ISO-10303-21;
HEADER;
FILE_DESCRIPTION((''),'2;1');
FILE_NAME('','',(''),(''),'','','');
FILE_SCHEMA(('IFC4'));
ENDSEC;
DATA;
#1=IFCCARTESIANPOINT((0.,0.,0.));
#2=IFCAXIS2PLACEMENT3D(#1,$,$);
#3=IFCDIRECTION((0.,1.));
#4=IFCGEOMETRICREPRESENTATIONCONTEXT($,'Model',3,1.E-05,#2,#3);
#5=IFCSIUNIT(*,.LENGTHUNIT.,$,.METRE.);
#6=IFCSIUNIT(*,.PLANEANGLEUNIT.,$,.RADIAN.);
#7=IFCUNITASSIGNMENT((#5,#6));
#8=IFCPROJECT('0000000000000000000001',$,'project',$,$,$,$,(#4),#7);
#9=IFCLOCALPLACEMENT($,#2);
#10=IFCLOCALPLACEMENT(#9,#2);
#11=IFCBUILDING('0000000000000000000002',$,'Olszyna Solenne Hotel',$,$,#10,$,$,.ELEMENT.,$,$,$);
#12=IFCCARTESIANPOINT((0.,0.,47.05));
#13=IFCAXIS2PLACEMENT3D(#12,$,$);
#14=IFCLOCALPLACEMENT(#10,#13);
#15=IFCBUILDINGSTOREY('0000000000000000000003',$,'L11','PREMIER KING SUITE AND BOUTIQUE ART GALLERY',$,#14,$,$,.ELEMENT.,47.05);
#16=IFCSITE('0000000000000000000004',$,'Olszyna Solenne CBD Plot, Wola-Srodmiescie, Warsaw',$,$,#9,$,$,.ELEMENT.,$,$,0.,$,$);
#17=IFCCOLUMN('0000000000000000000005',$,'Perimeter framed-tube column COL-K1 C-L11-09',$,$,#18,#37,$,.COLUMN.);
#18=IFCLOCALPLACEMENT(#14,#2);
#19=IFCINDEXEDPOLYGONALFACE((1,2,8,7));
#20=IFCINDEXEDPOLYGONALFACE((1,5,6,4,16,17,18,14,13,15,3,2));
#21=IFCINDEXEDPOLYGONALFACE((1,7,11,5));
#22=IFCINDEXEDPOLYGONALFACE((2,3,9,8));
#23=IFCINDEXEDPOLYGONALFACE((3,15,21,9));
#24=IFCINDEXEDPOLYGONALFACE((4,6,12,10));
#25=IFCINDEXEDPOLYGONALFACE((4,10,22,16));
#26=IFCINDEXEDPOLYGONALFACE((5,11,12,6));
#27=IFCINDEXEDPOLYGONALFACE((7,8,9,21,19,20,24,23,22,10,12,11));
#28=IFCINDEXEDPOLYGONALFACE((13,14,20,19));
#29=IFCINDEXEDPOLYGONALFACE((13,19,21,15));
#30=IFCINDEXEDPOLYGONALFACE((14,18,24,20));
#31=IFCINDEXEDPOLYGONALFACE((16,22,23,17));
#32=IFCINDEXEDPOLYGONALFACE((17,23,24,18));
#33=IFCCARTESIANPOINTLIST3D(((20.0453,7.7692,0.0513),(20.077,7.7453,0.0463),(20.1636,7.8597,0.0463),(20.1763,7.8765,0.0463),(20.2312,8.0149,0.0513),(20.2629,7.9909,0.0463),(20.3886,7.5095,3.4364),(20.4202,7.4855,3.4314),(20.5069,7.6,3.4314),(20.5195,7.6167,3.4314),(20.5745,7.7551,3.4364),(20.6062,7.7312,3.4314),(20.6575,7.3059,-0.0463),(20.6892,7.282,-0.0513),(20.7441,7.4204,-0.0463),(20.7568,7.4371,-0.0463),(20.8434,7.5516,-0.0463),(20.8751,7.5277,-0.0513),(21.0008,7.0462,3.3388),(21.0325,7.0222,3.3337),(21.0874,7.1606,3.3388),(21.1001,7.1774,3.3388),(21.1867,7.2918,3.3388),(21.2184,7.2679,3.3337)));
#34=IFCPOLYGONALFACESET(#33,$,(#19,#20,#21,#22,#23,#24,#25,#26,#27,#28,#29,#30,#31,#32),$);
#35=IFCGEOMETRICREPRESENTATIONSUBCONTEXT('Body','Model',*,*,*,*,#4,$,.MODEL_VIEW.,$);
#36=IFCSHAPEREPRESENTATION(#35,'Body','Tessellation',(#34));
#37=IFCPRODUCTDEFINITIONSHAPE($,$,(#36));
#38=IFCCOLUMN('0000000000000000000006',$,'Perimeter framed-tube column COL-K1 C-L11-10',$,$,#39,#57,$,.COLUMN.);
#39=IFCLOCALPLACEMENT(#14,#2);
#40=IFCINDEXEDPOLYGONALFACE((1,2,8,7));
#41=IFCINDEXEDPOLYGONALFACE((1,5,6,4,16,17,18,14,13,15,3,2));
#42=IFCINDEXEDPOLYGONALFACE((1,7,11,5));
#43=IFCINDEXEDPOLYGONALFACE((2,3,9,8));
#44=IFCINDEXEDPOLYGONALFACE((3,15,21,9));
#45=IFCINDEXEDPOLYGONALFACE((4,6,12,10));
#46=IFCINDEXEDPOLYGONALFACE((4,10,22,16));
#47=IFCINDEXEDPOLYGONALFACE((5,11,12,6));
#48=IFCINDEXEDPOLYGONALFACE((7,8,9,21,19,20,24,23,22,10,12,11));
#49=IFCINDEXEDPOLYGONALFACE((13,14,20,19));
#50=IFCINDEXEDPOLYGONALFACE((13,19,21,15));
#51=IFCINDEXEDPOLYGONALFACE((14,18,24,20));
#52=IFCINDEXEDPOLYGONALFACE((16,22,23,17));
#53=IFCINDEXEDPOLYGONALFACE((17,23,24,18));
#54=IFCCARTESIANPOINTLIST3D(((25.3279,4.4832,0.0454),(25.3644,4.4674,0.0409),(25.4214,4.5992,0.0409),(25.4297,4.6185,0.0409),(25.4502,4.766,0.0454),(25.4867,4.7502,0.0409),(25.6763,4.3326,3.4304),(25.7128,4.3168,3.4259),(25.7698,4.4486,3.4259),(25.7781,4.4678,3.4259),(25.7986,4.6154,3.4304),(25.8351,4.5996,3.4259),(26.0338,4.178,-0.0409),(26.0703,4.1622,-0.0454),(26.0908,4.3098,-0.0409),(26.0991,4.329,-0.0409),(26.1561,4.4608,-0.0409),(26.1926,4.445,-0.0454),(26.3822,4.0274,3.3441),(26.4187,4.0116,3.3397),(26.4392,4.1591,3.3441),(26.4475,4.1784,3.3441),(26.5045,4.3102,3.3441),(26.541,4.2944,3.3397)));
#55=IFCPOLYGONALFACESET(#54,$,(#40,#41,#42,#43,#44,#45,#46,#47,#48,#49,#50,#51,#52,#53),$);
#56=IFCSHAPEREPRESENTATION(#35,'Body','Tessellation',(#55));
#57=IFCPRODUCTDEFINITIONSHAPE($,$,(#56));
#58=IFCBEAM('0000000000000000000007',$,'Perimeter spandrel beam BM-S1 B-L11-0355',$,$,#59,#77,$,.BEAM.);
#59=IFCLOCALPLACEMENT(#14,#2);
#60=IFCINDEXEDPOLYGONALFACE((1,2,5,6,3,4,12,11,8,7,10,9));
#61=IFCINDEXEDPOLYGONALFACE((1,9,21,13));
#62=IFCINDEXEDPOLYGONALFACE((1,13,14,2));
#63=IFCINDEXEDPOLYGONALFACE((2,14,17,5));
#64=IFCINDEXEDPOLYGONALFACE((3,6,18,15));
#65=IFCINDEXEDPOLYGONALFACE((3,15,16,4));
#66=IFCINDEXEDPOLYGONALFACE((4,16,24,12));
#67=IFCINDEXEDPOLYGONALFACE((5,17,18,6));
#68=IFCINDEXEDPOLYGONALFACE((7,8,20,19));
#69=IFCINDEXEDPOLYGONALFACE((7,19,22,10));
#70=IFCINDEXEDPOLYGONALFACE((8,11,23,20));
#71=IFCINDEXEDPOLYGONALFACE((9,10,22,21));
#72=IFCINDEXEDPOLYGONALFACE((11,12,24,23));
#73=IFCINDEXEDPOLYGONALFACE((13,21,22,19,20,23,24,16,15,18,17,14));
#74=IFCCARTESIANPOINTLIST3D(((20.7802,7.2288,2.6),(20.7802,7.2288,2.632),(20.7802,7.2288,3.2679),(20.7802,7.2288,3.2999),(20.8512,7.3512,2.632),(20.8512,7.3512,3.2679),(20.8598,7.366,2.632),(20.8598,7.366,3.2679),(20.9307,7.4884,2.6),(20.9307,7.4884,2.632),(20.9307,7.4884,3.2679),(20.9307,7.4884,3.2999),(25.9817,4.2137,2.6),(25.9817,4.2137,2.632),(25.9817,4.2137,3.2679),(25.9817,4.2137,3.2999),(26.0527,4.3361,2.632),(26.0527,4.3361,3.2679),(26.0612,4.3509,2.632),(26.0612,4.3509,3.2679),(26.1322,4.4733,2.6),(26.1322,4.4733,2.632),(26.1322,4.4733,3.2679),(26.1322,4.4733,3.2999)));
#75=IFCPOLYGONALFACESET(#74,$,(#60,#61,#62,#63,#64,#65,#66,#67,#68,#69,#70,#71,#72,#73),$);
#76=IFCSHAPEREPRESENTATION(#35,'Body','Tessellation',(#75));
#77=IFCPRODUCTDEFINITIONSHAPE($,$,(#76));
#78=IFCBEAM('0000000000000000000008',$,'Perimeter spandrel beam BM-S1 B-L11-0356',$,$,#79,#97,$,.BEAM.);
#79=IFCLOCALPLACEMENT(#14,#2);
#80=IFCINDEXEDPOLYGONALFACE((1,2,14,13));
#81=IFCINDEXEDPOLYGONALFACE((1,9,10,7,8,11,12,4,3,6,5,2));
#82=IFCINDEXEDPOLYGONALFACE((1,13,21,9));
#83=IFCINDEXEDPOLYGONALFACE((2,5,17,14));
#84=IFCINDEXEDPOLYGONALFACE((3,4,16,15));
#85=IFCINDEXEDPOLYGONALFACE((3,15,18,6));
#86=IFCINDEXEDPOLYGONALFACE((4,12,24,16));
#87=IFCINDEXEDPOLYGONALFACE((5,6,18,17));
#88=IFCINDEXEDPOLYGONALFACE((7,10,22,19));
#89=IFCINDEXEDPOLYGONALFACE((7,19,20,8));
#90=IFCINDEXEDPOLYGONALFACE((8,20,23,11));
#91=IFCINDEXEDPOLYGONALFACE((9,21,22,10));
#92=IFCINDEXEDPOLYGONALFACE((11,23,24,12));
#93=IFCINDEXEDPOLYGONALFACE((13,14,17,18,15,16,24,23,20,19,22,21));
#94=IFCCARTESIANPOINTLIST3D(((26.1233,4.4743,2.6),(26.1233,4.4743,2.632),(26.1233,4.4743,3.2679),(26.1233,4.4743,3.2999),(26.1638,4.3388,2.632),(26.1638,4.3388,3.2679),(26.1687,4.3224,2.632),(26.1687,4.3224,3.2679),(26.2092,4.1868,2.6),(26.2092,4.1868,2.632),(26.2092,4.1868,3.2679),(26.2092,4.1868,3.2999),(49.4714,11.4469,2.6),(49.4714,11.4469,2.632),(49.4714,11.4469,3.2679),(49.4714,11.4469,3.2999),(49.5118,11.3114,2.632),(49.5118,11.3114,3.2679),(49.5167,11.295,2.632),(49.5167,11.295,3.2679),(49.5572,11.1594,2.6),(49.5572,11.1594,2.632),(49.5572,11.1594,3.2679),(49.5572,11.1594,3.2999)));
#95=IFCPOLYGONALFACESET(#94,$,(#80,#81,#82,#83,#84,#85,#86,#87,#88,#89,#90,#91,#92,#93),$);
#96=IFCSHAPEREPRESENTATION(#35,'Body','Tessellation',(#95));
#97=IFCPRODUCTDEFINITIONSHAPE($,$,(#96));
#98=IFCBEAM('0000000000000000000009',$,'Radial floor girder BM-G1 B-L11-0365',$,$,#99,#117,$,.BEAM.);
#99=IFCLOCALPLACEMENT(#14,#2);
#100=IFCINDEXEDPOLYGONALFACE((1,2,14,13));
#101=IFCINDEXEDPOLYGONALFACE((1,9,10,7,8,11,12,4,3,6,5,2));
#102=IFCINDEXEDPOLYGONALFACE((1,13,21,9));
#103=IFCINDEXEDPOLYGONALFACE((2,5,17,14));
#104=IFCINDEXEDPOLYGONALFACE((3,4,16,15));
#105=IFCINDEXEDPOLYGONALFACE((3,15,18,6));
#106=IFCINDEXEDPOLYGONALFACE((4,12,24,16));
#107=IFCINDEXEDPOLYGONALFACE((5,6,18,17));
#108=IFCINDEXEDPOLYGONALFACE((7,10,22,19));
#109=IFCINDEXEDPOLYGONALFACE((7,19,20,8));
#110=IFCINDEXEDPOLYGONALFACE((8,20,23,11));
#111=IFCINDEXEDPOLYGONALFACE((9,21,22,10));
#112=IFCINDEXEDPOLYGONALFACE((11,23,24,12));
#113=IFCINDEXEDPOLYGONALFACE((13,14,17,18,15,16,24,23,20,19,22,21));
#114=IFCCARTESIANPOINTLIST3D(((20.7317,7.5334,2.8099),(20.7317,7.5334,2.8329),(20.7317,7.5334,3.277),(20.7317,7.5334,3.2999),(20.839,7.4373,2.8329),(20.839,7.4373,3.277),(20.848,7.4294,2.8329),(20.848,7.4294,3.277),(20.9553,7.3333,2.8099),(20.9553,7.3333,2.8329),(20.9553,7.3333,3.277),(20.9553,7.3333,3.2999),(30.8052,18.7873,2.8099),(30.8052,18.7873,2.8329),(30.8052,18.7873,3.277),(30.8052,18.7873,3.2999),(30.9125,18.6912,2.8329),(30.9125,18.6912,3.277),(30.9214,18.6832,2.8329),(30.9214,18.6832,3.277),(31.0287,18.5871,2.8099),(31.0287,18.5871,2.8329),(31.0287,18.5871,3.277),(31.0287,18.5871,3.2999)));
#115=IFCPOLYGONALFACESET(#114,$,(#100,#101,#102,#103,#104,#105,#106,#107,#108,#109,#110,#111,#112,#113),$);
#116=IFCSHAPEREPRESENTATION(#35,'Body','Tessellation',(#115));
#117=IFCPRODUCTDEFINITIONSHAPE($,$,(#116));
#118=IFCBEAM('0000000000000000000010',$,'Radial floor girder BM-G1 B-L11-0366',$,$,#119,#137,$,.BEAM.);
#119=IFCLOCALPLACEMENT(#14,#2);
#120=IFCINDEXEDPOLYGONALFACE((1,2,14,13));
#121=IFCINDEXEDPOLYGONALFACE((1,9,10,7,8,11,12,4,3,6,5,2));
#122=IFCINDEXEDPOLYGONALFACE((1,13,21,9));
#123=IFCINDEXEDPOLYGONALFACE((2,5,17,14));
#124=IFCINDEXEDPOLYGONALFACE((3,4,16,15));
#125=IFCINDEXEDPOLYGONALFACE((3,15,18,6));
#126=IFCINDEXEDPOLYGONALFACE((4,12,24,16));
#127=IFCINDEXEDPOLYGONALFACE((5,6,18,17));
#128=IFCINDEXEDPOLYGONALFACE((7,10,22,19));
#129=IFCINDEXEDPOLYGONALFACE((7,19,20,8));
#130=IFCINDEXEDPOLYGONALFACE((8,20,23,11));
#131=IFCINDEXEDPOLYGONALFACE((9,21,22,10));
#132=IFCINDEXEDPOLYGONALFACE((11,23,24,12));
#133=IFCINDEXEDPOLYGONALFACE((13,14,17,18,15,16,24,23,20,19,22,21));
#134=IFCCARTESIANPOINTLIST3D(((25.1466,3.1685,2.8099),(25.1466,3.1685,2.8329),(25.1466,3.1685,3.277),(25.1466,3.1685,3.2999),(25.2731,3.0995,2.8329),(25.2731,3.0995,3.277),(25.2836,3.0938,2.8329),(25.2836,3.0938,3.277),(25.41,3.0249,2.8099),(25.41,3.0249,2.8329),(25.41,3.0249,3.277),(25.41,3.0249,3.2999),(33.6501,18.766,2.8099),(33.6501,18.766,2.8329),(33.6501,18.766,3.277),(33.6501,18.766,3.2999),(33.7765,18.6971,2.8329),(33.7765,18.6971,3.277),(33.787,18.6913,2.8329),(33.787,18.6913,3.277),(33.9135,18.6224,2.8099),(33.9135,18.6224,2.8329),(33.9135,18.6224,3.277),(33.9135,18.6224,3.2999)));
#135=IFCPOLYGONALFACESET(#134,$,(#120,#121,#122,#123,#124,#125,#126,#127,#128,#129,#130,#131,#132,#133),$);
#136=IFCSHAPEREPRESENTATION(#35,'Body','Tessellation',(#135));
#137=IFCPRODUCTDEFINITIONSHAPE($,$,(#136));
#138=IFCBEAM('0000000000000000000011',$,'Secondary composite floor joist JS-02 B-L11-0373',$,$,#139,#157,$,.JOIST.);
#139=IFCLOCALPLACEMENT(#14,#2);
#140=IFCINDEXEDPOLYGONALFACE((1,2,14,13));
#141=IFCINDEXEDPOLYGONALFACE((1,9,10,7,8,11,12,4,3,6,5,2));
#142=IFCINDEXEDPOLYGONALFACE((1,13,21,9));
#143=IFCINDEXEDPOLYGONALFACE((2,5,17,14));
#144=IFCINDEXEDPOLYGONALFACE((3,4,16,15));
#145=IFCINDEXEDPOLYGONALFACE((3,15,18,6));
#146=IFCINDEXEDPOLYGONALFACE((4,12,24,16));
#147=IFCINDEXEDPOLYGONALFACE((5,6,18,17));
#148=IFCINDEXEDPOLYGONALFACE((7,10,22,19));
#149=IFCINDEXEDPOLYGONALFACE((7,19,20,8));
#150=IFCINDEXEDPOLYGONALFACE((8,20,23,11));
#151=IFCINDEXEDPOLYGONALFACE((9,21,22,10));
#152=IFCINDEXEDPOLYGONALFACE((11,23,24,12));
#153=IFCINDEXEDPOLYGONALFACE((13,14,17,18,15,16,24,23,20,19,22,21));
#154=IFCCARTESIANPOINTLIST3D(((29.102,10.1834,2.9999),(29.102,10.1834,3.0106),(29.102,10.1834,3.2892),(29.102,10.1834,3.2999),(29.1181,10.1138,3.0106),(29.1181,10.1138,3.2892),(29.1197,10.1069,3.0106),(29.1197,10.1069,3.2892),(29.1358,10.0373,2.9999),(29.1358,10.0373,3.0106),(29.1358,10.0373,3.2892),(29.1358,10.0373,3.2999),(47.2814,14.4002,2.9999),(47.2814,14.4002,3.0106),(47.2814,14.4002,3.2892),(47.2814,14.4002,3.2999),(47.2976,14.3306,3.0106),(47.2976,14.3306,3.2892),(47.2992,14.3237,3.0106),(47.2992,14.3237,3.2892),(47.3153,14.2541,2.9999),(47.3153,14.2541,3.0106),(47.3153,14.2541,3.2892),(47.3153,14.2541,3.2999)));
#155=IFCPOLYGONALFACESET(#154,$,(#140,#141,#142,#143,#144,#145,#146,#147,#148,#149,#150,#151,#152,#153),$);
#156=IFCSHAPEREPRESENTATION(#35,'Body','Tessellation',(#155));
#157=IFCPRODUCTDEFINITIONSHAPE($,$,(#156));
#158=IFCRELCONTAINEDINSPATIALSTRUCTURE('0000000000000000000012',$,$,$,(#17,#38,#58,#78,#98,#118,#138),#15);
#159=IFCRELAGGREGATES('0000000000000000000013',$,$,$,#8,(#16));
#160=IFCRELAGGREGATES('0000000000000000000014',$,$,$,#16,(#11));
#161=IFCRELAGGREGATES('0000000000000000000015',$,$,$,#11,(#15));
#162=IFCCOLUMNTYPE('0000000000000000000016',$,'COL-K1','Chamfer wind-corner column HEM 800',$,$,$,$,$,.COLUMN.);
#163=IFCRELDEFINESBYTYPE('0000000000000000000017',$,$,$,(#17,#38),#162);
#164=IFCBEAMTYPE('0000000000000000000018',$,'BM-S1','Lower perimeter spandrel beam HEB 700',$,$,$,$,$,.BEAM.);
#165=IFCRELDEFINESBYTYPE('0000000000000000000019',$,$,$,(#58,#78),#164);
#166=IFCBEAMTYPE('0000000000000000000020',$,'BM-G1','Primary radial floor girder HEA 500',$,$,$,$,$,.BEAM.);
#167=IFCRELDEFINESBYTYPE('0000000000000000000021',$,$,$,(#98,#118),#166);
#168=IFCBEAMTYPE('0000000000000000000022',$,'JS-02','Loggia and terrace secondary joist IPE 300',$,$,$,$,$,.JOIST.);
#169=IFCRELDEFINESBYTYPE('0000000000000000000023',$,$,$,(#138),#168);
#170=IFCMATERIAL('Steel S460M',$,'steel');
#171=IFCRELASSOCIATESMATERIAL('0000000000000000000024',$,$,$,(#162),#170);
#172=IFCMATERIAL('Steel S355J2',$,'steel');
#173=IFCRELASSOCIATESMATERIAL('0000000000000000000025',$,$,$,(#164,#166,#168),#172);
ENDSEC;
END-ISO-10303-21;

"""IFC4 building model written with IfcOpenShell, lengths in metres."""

from ifc_helpers import new_model, si_unit, direction, frame, origin, origin_2d, place, context, subcontext, project, spatial, i_section, extrude, source, transform, mapped, material, material_profile, profile_set, type_object, element, save


model = new_model("IFC4")

# Units and contexts
model_context = context("Model", 3, precision=1e-05, world=origin(), true_north=direction((0.0, 1.0)))
body_context = subcontext(model_context, "Body", "Model", "MODEL_VIEW")
ifc_project = project(units=[si_unit("LENGTHUNIT", "METRE"), si_unit("PLANEANGLEUNIT", "RADIAN")], contexts=[model_context])

# Site, building, storey
site_placement = place(None, origin())
site = spatial("IfcSite", under=ifc_project, at=site_placement, Name="Olszyna Solenne CBD Plot, Wola-Srodmiescie, Warsaw", CompositionType="ELEMENT", RefElevation=0.0)
building_placement = place(site_placement, origin())
building = spatial("IfcBuilding", under=site, at=building_placement, Name="Olszyna Solenne Hotel", CompositionType="ELEMENT")
storey_placement = place(building_placement, frame((0.0, 0.0, 47.05)))
storey = spatial("IfcBuildingStorey", under=building, at=storey_placement, Name="L11", Description="PREMIER KING SUITE AND BOUTIQUE ART GALLERY", CompositionType="ELEMENT", Elevation=47.05)

# Columns
ifc_material_1 = material(Name="Steel S460M", Category="steel")
ifc_material_profile_1 = material_profile(ifc_material_1, i_section(OverallWidth=0.3081, OverallDepth=0.814, WebThickness=0.021, FlangeThickness=0.04, at=origin_2d()), Name="HEM 800", Category="load-bearing")
ifc_profile_set_1 = profile_set([ifc_material_profile_1], Name="Steel S460M")
column_type = type_object("IfcColumnType", Name="COL-K1", Description="Chamfer wind-corner column HEM 800", PredefinedType="COLUMN", material=ifc_profile_set_1)
shared_shape_1 = source(origin(), body_context, "Body", "SweptSolid", [
    extrude(i_section(OverallWidth=0.3081, OverallDepth=0.814, WebThickness=0.021, FlangeThickness=0.04, at=origin_2d()), origin(), (0.0, 0.0, 1.0), 3.4124),
])
column_1_placement = place(storey_placement, frame((20.4602, 7.6484, 0.0), z_axis=(0.100596, -0.076127, 0.992011), x_axis=(0.603443, 0.797406, 0.0)))
element("IfcColumn", 1, at=column_1_placement, inside=storey, type_object=column_type, Name="Perimeter framed-tube column COL-K1 C-L11-09", PredefinedType="COLUMN", context=body_context, shape_type="MappedRepresentation", body=[
    mapped(shared_shape_1, transform((0.0, 0.0, 0.0), x_axis=(1.0, 0.0, 0.0), y_axis=(0.0, 1.0, 0.0), z_axis=(0.0, 0.0, 1.0), scale=1.0)),
])
shared_shape_2 = source(origin(), body_context, "Body", "SweptSolid", [
    extrude(i_section(OverallWidth=0.3081, OverallDepth=0.814, WebThickness=0.021, FlangeThickness=0.04, at=origin_2d()), origin(), (0.0, 0.0, 1.0), 3.4062),
])
column_2_placement = place(storey_placement, frame((25.7603, 4.4641, 0.0), z_axis=(0.10228, -0.044223, 0.993772), x_axis=(0.396867, 0.917876, 0.0)))
element("IfcColumn", 2, at=column_2_placement, inside=storey, type_object=column_type, Name="Perimeter framed-tube column COL-K1 C-L11-10", PredefinedType="COLUMN", context=body_context, shape_type="MappedRepresentation", body=[
    mapped(shared_shape_2, transform((0.0, 0.0, 0.0), x_axis=(1.0, 0.0, 0.0), y_axis=(0.0, 1.0, 0.0), z_axis=(0.0, 0.0, 1.0), scale=1.0)),
])

# Beams
ifc_material_2 = material(Name="Steel S355J2", Category="steel")
ifc_material_profile_2 = material_profile(ifc_material_2, i_section(OverallWidth=0.3, OverallDepth=0.7, WebThickness=0.0171, FlangeThickness=0.032, at=origin_2d()), Name="HEB 700", Category="load-bearing")
ifc_profile_set_2 = profile_set([ifc_material_profile_2], Name="Steel S355J2")
beam_type_1 = type_object("IfcBeamType", Name="BM-S1", Description="Lower perimeter spandrel beam HEB 700", PredefinedType="BEAM", material=ifc_profile_set_2)
shared_shape_3 = source(origin(), body_context, "Body", "SweptSolid", [
    extrude(i_section(OverallWidth=0.3, OverallDepth=0.7, WebThickness=0.0171, FlangeThickness=0.032, at=origin_2d()), origin(), (0.0, 0.0, 1.0), 6.0122),
])
beam_1_placement = place(storey_placement, frame((20.8555, 7.3586, 2.95), z_axis=(0.865153, -0.501508, 0.0), x_axis=(0.501508, 0.865153, 0.0)))
element("IfcBeam", 3, at=beam_1_placement, inside=storey, type_object=beam_type_1, Name="Perimeter spandrel beam BM-S1 B-L11-0355", PredefinedType="BEAM", context=body_context, shape_type="MappedRepresentation", body=[
    mapped(shared_shape_3, transform((0.0, 0.0, 0.0), x_axis=(1.0, 0.0, 0.0), y_axis=(0.0, 1.0, 0.0), z_axis=(0.0, 0.0, 1.0), scale=1.0)),
])
shared_shape_4 = source(origin(), body_context, "Body", "SweptSolid", [
    extrude(i_section(OverallWidth=0.3, OverallDepth=0.7, WebThickness=0.0171, FlangeThickness=0.032, at=origin_2d()), origin(), (0.0, 0.0, 1.0), 24.3669),
])
beam_2_placement = place(storey_placement, frame((26.1663, 4.3306, 2.95), z_axis=(0.958185, 0.286151, 0.0), x_axis=(-0.286151, 0.958185, 0.0)))
element("IfcBeam", 4, at=beam_2_placement, inside=storey, type_object=beam_type_1, Name="Perimeter spandrel beam BM-S1 B-L11-0356", PredefinedType="BEAM", context=body_context, shape_type="MappedRepresentation", body=[
    mapped(shared_shape_4, transform((0.0, 0.0, 0.0), x_axis=(1.0, 0.0, 0.0), y_axis=(0.0, 1.0, 0.0), z_axis=(0.0, 0.0, 1.0), scale=1.0)),
])
ifc_material_profile_3 = material_profile(ifc_material_2, i_section(OverallWidth=0.3, OverallDepth=0.49, WebThickness=0.012, FlangeThickness=0.0229, at=origin_2d()), Name="HEA 500", Category="load-bearing")
ifc_profile_set_3 = profile_set([ifc_material_profile_3], Name="Steel S355J2")
beam_type_2 = type_object("IfcBeamType", Name="BM-G1", Description="Primary radial floor girder HEA 500", PredefinedType="BEAM", material=ifc_profile_set_3)
shared_shape_5 = source(origin(), body_context, "Body", "SweptSolid", [
    extrude(i_section(OverallWidth=0.3, OverallDepth=0.49, WebThickness=0.012, FlangeThickness=0.0229, at=origin_2d()), origin(), (0.0, 0.0, 1.0), 15.1038),
])
beam_3_placement = place(storey_placement, frame((20.8435, 7.4333, 3.0549), z_axis=(0.666949, 0.745103, 0.0), x_axis=(-0.745103, 0.666949, 0.0)))
element("IfcBeam", 5, at=beam_3_placement, inside=storey, type_object=beam_type_2, Name="Radial floor girder BM-G1 B-L11-0365", PredefinedType="BEAM", context=body_context, shape_type="MappedRepresentation", body=[
    mapped(shared_shape_5, transform((0.0, 0.0, 0.0), x_axis=(1.0, 0.0, 0.0), y_axis=(0.0, 1.0, 0.0), z_axis=(0.0, 0.0, 1.0), scale=1.0)),
])
shared_shape_6 = source(origin(), body_context, "Body", "SweptSolid", [
    extrude(i_section(OverallWidth=0.3, OverallDepth=0.49, WebThickness=0.012, FlangeThickness=0.0229, at=origin_2d()), origin(), (0.0, 0.0, 1.0), 17.7649),
])
beam_4_placement = place(storey_placement, frame((25.2783, 3.0967, 3.0549), z_axis=(0.478667, 0.877996, 0.0), x_axis=(-0.877996, 0.478667, 0.0)))
element("IfcBeam", 6, at=beam_4_placement, inside=storey, type_object=beam_type_2, Name="Radial floor girder BM-G1 B-L11-0366", PredefinedType="BEAM", context=body_context, shape_type="MappedRepresentation", body=[
    mapped(shared_shape_6, transform((0.0, 0.0, 0.0), x_axis=(1.0, 0.0, 0.0), y_axis=(0.0, 1.0, 0.0), z_axis=(0.0, 0.0, 1.0), scale=1.0)),
])
ifc_material_profile_4 = material_profile(ifc_material_2, i_section(OverallWidth=0.1499, OverallDepth=0.3, WebThickness=0.0071, FlangeThickness=0.0107, at=origin_2d()), Name="IPE 300", Category="load-bearing")
ifc_profile_set_4 = profile_set([ifc_material_profile_4], Name="Steel S355J2")
beam_type_3 = type_object("IfcBeamType", Name="JS-02", Description="Loggia and terrace secondary joist IPE 300", PredefinedType="JOIST", material=ifc_profile_set_4)
shared_shape_7 = source(origin(), body_context, "Body", "SweptSolid", [
    extrude(i_section(OverallWidth=0.1499, OverallDepth=0.3, WebThickness=0.0071, FlangeThickness=0.0107, at=origin_2d()), origin(), (0.0, 0.0, 1.0), 18.6621),
])
beam_5_placement = place(storey_placement, frame((29.1189, 10.1104, 3.1499), z_axis=(0.974138, 0.225955, 0.0), x_axis=(-0.225955, 0.974138, 0.0)))
element("IfcBeam", 7, at=beam_5_placement, inside=storey, type_object=beam_type_3, Name="Secondary composite floor joist JS-02 B-L11-0373", PredefinedType="JOIST", context=body_context, shape_type="MappedRepresentation", body=[
    mapped(shared_shape_7, transform((0.0, 0.0, 0.0), x_axis=(1.0, 0.0, 0.0), y_axis=(0.0, 1.0, 0.0), z_axis=(0.0, 0.0, 1.0), scale=1.0)),
])

save(model, "model.ifc")
